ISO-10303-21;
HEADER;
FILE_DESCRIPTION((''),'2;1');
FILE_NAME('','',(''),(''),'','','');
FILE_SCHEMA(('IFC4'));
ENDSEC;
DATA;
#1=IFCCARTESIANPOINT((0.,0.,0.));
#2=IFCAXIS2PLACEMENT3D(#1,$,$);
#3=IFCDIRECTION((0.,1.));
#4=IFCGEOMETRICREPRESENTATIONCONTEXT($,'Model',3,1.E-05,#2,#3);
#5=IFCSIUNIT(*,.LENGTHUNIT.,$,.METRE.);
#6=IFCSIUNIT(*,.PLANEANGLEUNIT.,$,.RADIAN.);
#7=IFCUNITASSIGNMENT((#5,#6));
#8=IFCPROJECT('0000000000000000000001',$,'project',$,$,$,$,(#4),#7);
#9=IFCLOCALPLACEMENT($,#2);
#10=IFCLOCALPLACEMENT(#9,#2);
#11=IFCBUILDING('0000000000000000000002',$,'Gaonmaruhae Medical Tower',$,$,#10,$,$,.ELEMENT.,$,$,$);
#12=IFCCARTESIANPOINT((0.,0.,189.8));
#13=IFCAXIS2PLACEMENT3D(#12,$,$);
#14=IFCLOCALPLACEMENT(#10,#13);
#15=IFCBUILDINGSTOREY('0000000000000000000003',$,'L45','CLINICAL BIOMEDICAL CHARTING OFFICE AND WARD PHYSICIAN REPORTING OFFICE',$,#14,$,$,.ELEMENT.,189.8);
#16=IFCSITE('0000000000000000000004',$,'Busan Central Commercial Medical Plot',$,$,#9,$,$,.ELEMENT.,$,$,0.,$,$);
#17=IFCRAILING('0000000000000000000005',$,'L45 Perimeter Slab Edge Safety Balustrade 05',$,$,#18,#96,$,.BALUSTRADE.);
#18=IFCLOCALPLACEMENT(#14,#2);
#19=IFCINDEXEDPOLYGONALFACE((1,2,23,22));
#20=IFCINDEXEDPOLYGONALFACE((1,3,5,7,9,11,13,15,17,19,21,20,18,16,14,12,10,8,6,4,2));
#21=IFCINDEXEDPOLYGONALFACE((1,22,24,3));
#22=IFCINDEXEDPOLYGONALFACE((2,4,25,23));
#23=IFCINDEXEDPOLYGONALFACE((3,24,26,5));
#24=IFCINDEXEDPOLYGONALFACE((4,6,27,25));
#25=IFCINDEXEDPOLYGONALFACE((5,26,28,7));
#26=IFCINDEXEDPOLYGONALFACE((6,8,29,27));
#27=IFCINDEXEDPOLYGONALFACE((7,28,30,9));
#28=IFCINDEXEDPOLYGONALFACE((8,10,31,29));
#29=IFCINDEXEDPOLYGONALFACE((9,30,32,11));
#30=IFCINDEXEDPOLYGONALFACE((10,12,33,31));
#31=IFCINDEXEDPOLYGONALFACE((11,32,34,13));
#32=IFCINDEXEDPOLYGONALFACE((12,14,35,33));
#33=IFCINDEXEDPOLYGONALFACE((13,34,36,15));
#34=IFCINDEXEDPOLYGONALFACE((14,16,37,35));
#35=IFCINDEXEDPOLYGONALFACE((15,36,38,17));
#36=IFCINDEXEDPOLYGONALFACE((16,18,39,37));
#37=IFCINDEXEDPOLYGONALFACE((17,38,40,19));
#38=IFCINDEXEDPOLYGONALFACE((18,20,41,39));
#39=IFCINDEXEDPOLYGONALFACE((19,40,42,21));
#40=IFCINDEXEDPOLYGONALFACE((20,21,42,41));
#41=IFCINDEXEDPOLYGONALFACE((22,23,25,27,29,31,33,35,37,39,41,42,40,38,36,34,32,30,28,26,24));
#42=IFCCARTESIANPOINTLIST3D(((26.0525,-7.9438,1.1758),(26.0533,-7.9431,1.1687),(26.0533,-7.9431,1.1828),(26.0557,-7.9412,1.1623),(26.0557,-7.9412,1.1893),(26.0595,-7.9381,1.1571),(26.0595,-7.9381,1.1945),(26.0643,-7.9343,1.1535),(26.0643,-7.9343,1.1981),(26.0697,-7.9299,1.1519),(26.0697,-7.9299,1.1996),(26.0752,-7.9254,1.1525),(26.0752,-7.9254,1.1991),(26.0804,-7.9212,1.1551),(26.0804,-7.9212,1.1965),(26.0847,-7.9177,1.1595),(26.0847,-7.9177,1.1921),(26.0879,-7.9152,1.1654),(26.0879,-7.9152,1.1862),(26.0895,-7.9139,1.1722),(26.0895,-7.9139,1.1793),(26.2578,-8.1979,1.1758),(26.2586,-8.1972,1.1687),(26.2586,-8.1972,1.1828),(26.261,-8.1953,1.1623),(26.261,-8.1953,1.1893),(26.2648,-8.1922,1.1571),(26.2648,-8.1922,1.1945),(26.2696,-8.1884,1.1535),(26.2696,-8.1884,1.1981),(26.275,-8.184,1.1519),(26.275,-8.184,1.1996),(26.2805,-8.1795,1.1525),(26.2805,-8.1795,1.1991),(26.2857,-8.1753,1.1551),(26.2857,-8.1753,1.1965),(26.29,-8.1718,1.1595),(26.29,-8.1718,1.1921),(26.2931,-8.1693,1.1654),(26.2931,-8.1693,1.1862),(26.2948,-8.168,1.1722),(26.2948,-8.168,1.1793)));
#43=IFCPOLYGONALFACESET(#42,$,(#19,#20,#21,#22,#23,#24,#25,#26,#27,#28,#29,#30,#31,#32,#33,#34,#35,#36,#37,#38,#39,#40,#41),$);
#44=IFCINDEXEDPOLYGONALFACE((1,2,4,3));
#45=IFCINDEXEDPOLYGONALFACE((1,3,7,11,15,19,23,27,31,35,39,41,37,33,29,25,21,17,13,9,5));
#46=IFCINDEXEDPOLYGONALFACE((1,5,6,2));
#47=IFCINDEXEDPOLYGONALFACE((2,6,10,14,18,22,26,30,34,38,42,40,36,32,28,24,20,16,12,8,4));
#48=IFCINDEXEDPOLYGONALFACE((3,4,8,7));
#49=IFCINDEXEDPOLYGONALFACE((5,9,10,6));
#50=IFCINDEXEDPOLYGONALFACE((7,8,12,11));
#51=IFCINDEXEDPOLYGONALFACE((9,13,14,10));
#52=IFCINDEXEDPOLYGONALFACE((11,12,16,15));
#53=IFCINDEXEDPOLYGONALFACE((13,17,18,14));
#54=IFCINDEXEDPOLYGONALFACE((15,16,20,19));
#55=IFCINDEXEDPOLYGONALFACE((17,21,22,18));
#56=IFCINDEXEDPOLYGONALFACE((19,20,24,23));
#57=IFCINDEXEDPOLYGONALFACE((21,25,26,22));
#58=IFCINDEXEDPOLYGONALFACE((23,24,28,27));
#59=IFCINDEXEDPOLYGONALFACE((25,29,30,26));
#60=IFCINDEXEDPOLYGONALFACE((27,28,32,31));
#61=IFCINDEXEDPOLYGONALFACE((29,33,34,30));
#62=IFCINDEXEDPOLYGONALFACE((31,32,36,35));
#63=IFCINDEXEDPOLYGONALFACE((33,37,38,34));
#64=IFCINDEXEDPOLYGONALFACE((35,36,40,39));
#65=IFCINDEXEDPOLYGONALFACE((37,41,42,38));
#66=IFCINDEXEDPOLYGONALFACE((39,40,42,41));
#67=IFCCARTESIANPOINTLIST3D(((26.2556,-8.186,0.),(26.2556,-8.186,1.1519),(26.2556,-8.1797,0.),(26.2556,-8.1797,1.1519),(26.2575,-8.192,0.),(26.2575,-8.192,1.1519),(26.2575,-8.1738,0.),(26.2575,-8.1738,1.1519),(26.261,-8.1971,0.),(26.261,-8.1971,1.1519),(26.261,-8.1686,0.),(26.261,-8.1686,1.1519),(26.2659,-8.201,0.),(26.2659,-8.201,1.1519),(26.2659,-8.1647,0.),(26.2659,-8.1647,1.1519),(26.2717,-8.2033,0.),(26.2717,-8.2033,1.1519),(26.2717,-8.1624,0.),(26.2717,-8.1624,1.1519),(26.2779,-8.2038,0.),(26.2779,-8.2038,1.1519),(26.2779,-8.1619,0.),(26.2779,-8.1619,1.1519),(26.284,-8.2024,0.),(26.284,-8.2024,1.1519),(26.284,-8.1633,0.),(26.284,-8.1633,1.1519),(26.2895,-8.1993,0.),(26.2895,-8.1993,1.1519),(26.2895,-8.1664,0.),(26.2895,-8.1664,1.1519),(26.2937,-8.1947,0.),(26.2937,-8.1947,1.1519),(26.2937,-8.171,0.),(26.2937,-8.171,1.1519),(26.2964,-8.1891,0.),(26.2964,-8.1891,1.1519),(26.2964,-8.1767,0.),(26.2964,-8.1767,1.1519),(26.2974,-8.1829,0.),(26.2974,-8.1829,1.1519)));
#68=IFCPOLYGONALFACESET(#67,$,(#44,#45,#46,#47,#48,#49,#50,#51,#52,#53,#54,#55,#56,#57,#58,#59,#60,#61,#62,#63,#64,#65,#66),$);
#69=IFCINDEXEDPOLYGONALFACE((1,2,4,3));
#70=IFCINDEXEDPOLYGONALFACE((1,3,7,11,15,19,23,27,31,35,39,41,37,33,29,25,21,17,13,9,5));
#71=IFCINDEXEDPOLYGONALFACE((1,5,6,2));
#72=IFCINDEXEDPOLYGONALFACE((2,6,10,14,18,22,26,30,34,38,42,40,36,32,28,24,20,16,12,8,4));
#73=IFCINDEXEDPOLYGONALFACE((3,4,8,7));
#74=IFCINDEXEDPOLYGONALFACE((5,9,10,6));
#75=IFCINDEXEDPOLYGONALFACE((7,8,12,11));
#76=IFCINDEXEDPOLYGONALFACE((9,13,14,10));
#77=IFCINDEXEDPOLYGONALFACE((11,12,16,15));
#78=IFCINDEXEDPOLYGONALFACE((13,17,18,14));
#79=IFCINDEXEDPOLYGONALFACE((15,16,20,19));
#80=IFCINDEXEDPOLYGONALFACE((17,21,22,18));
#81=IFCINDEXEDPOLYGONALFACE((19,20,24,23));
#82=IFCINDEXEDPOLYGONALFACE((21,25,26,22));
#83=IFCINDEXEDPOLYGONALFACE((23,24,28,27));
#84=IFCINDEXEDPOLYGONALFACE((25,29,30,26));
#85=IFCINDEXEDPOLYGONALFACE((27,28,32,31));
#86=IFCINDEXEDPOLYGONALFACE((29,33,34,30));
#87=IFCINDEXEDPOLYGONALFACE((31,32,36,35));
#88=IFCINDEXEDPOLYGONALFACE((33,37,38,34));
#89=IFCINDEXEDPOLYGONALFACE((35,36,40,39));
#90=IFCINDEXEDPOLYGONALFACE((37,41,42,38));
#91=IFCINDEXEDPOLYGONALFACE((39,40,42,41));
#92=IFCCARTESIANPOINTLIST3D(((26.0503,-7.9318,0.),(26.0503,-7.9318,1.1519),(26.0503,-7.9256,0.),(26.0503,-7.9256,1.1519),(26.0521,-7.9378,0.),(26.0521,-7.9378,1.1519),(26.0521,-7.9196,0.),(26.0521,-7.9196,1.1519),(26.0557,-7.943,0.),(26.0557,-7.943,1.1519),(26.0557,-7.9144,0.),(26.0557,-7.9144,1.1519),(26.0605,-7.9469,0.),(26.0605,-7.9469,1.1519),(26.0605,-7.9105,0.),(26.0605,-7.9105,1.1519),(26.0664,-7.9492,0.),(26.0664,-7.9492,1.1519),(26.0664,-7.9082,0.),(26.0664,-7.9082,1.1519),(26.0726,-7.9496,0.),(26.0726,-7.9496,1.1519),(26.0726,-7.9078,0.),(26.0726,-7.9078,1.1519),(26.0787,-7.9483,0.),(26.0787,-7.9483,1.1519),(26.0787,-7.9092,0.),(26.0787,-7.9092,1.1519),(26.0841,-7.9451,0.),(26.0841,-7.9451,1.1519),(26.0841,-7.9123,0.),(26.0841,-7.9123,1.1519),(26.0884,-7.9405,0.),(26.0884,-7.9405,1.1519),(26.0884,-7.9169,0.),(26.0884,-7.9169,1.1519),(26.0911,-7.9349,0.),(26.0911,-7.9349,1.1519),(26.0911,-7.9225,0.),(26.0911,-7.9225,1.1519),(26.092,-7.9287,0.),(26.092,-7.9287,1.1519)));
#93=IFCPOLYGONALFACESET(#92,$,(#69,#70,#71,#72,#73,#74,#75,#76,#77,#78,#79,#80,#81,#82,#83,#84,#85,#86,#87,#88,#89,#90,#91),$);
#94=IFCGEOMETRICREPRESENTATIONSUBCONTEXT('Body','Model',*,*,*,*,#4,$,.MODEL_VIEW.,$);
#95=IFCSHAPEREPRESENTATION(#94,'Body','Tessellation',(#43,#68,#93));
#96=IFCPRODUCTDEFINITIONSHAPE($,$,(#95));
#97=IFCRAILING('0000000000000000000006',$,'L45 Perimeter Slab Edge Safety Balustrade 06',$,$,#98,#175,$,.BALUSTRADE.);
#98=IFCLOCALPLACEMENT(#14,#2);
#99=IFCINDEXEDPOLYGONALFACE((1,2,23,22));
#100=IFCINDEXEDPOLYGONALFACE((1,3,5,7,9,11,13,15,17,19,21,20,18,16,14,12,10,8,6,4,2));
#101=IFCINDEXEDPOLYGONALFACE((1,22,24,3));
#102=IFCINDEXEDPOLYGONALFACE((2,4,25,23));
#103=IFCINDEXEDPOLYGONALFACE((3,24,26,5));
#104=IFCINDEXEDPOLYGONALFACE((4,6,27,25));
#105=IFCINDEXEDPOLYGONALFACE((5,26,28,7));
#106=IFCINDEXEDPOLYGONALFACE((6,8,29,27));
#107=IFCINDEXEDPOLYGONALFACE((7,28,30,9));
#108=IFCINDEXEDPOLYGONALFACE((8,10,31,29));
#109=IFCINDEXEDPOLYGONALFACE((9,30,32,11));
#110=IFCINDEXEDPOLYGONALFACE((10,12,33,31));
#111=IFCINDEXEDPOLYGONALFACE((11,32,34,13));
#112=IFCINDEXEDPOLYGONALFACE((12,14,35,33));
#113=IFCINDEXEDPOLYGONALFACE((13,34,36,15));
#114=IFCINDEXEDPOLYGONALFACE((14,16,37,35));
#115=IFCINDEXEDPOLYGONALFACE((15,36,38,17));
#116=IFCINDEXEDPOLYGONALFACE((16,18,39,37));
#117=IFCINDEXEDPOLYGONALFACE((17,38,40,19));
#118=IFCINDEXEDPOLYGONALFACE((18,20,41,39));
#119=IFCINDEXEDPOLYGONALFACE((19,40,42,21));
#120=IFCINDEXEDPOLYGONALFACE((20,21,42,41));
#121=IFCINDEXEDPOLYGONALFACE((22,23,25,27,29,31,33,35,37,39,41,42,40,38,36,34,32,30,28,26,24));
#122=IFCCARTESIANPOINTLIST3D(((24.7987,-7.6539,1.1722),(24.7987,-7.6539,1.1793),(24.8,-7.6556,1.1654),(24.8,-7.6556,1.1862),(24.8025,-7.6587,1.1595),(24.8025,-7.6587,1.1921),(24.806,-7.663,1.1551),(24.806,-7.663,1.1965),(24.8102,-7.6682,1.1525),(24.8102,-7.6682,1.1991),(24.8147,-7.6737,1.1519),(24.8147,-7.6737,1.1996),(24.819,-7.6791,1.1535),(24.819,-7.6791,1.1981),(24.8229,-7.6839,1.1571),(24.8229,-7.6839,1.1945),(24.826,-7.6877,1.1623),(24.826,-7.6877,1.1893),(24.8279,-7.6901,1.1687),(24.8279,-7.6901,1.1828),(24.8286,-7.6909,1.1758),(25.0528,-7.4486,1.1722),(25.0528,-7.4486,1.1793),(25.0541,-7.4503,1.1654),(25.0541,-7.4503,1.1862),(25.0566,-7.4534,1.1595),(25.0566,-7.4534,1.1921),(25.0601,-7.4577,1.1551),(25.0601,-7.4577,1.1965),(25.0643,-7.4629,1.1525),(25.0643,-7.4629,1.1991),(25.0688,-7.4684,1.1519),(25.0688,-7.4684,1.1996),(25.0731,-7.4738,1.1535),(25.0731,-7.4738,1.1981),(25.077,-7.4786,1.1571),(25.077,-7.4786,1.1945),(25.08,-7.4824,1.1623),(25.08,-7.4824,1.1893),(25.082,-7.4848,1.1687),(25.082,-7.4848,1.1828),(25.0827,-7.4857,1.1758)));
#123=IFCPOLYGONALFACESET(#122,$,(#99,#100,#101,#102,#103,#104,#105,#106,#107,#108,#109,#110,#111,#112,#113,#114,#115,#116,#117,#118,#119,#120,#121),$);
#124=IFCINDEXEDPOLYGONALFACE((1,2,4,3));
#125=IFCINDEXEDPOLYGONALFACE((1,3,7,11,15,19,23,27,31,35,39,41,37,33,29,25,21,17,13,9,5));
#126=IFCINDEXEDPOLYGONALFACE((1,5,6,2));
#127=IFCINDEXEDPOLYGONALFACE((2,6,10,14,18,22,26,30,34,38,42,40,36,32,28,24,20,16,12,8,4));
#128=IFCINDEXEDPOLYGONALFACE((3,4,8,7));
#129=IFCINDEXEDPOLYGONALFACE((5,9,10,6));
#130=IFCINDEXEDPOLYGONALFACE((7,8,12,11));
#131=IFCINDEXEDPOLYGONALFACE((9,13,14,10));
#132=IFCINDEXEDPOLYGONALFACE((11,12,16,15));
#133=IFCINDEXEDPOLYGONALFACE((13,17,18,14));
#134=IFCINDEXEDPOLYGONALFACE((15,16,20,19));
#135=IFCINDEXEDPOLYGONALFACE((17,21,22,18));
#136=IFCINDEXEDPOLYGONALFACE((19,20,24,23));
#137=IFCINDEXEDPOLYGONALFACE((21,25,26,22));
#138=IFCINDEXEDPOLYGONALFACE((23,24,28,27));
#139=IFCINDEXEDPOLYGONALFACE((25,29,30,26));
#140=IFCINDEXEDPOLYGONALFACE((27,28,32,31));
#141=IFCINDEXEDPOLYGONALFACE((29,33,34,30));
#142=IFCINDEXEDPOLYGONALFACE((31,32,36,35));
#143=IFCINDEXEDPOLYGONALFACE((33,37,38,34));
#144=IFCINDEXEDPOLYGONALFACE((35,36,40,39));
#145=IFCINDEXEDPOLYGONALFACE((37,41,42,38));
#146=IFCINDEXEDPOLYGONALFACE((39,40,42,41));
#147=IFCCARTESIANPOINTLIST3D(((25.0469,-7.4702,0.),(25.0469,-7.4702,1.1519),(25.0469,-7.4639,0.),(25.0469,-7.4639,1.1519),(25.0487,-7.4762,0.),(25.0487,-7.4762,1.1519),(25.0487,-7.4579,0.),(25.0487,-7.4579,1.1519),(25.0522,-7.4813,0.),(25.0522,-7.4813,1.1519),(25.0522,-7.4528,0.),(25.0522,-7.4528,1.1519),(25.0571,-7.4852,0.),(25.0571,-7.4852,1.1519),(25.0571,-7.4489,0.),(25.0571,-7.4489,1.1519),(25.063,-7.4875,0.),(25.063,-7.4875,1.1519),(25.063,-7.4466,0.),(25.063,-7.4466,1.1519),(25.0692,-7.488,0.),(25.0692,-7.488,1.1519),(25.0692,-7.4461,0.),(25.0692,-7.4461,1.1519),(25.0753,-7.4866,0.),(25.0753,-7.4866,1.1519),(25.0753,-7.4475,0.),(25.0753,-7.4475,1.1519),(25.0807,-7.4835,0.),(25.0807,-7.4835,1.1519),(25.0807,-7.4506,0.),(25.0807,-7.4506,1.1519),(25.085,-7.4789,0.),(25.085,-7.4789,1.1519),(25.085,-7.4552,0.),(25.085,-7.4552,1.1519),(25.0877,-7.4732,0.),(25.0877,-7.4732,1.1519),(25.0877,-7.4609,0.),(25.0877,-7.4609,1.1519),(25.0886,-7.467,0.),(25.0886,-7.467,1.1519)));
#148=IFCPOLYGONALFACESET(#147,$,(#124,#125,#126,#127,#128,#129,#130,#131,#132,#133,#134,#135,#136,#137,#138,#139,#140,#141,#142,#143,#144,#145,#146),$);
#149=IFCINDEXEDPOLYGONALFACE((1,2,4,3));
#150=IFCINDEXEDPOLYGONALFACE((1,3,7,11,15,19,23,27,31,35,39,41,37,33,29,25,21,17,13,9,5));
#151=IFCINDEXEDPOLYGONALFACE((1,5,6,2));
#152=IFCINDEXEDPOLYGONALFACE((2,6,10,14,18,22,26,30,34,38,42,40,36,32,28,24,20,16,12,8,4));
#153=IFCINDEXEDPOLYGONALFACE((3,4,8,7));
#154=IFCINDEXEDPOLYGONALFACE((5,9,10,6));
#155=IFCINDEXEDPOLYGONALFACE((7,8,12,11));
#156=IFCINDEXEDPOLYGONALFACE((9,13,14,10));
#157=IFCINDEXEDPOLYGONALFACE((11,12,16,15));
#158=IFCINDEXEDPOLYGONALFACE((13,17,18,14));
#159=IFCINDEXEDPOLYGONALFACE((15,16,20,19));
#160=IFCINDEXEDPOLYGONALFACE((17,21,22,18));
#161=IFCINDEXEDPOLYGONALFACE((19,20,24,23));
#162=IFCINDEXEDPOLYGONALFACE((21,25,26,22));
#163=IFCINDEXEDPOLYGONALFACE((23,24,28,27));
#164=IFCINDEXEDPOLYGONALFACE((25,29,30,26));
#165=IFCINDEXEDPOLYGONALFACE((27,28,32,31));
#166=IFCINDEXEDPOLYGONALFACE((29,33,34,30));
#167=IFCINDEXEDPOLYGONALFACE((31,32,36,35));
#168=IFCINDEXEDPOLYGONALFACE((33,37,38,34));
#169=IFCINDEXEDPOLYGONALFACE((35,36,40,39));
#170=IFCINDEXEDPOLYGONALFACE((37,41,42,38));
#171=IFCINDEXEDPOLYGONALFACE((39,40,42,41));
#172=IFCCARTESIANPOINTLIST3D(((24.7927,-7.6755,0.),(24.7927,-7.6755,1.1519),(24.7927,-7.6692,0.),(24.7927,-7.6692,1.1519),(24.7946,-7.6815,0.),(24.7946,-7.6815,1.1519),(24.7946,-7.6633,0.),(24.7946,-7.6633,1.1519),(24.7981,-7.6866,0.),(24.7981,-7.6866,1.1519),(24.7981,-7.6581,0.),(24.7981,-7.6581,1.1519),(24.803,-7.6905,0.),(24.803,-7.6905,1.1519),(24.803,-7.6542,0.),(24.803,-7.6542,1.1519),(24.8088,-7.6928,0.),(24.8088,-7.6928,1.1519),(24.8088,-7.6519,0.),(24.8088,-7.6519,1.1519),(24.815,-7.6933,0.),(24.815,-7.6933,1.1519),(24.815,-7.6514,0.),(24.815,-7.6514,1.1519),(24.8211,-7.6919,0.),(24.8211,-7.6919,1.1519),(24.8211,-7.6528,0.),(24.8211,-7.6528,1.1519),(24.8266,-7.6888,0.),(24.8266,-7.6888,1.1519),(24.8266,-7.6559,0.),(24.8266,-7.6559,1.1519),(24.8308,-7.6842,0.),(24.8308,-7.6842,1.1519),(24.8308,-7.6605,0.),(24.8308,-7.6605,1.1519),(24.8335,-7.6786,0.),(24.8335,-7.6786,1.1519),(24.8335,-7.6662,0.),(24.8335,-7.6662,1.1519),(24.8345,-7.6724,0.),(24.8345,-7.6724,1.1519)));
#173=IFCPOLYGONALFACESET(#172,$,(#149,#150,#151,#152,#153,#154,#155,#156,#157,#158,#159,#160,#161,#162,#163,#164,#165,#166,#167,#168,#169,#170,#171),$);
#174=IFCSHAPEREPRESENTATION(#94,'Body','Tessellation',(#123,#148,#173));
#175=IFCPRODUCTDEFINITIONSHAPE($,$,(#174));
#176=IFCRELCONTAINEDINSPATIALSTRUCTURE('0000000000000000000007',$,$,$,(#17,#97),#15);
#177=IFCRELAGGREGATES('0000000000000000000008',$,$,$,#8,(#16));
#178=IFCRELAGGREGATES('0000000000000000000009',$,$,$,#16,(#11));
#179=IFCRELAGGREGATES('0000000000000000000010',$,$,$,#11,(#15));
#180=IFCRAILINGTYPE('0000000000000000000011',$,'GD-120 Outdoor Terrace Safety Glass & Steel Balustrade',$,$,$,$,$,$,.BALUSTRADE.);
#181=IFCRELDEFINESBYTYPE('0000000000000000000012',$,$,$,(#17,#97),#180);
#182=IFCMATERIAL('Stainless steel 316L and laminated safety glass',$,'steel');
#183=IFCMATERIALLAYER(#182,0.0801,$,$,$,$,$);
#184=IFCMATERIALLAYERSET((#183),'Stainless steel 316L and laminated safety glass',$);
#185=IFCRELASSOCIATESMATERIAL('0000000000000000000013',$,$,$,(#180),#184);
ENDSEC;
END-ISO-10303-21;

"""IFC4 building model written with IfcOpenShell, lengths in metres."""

from ifc_helpers import new_model, si_unit, direction, frame, origin, origin_2d, place, context, subcontext, project, spatial, circle, extrude, material, layer, layer_set, type_object, element, save


model = new_model("IFC4")

# Units and contexts
model_context = context("Model", 3, precision=1e-05, world=origin(), true_north=direction((0.0, 1.0)))
body_context = subcontext(model_context, "Body", "Model", "MODEL_VIEW")
ifc_project = project(units=[si_unit("LENGTHUNIT", "METRE"), si_unit("PLANEANGLEUNIT", "RADIAN")], contexts=[model_context])

# Site, building, storey
site_placement = place(None, origin())
site = spatial("IfcSite", under=ifc_project, at=site_placement, Name="Busan Central Commercial Medical Plot", CompositionType="ELEMENT", RefElevation=0.0)
building_placement = place(site_placement, origin())
building = spatial("IfcBuilding", under=site, at=building_placement, Name="Gaonmaruhae Medical Tower", CompositionType="ELEMENT")
storey_placement = place(building_placement, frame((0.0, 0.0, 189.8)))
storey = spatial("IfcBuildingStorey", under=building, at=storey_placement, Name="L45", Description="CLINICAL BIOMEDICAL CHARTING OFFICE AND WARD PHYSICIAN REPORTING OFFICE", CompositionType="ELEMENT", Elevation=189.8)

# Railings
ifc_material_1 = material(Name="Stainless steel 316L and laminated safety glass", Category="steel")
ifc_layer_1 = layer(ifc_material_1, 0.0801)
ifc_layer_set_1 = layer_set([ifc_layer_1], Name="Stainless steel 316L and laminated safety glass")
railing_type = type_object("IfcRailingType", Name="GD-120 Outdoor Terrace Safety Glass & Steel Balustrade", PredefinedType="BALUSTRADE", material=ifc_layer_set_1)
railing_1_placement = place(storey_placement, frame((26.2764, -8.1829, 0.0)))
element("IfcRailing", 1, at=railing_1_placement, inside=storey, type_object=railing_type, Name="L45 Perimeter Slab Edge Safety Balustrade 05", PredefinedType="BALUSTRADE", context=body_context, shape_type="SweptSolid", body=[
    extrude(circle(Radius=0.0239, at=origin_2d()), frame((0.0, 0.0, 1.1758), z_axis=(-0.628424, 0.777871, 0.0), x_axis=(-0.777871, -0.628424, 0.0)), (0.0, 0.0, 1.0), 0.3267),
    extrude(circle(Radius=0.021, at=origin_2d()), origin(), (0.0, 0.0, 1.0), 1.1519),
    extrude(circle(Radius=0.021, at=origin_2d()), frame((-0.2053, 0.2542, 0.0)), (0.0, 0.0, 1.0), 1.1519),
])
railing_2_placement = place(storey_placement, frame((25.0676, -7.467, 0.0)))
element("IfcRailing", 2, at=railing_2_placement, inside=storey, type_object=railing_type, Name="L45 Perimeter Slab Edge Safety Balustrade 06", PredefinedType="BALUSTRADE", context=body_context, shape_type="SweptSolid", body=[
    extrude(circle(Radius=0.0239, at=origin_2d()), frame((0.0, 0.0, 1.1758), z_axis=(-0.777871, -0.628424, 0.0), x_axis=(0.628424, -0.777871, 0.0)), (0.0, 0.0, 1.0), 0.3267),
    extrude(circle(Radius=0.021, at=origin_2d()), origin(), (0.0, 0.0, 1.0), 1.1519),
    extrude(circle(Radius=0.021, at=origin_2d()), frame((-0.2542, -0.2053, 0.0)), (0.0, 0.0, 1.0), 1.1519),
])

save(model, "model.ifc")
